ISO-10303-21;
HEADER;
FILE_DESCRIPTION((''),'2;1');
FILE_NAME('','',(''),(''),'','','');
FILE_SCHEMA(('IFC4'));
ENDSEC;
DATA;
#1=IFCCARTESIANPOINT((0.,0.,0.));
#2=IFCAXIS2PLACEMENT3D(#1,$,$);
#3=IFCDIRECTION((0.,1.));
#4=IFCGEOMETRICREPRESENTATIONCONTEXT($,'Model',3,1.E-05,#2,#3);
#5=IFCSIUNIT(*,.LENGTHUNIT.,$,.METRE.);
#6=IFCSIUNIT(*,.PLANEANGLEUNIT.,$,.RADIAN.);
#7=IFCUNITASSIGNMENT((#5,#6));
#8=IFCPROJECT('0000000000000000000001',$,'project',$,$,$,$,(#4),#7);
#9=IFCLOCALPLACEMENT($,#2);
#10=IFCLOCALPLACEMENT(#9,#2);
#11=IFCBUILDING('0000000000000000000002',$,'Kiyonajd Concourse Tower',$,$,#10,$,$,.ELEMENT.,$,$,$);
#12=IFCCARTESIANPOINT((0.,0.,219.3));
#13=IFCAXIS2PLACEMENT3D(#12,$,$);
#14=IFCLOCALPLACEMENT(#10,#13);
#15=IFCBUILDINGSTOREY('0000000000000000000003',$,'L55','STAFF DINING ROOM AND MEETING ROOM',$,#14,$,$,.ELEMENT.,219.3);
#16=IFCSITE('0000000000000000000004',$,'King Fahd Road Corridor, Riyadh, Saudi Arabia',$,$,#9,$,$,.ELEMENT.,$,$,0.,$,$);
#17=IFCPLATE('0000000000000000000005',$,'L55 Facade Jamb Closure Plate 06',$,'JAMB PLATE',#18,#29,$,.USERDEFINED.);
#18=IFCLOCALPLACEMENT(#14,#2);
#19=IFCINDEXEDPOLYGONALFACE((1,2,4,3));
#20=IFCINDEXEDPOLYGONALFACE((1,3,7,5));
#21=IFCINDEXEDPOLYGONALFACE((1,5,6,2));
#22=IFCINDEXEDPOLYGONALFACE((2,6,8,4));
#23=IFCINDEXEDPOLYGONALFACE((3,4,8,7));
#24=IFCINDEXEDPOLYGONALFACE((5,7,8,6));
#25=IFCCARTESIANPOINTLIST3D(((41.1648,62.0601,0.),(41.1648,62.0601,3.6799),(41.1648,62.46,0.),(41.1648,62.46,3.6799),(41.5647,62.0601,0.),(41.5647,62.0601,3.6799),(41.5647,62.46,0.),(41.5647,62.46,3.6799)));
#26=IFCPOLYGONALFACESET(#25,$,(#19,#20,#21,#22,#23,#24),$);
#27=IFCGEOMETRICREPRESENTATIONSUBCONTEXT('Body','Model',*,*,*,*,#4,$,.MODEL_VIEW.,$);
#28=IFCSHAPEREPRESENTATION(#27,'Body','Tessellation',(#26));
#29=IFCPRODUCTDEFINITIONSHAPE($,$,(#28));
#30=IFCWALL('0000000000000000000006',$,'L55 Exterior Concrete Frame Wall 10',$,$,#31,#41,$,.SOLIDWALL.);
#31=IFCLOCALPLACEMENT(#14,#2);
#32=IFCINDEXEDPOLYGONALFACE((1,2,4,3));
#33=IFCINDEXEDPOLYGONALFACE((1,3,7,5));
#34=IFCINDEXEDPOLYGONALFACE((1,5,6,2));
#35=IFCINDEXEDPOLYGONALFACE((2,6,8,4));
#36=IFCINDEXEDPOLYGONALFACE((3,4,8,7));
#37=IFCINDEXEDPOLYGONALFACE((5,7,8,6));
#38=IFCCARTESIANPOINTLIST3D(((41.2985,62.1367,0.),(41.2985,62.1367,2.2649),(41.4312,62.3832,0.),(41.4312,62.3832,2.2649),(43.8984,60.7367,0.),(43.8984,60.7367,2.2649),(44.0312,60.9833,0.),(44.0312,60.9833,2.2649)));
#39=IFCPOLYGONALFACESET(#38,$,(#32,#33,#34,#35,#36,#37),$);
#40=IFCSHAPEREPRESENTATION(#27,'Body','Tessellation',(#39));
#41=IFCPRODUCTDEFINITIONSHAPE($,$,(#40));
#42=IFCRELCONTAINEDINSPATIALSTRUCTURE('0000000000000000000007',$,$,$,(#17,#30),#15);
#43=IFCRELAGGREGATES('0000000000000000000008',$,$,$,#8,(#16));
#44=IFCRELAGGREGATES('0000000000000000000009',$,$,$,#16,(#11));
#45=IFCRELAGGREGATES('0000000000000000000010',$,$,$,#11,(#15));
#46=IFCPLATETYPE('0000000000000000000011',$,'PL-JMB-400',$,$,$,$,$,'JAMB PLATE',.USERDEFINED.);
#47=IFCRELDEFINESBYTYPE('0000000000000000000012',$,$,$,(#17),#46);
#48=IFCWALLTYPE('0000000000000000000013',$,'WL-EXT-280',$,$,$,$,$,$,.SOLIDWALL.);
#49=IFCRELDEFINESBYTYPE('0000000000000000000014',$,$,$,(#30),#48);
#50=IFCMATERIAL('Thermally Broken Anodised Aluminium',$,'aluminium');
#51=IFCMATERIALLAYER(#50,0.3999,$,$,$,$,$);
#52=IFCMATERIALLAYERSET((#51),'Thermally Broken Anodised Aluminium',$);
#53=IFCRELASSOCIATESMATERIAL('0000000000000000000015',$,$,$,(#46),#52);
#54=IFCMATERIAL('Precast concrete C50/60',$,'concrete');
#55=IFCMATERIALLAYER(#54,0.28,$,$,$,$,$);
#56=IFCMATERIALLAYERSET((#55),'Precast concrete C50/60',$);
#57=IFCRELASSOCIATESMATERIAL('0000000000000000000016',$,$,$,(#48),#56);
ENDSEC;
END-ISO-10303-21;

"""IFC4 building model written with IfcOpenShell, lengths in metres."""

from ifc_helpers import new_model, si_unit, direction, frame, frame_2d, origin, origin_2d, place, context, subcontext, project, spatial, rectangle, extrude, material, layer, layer_set, type_object, element, save


model = new_model("IFC4")

# Units and contexts
model_context = context("Model", 3, precision=1e-05, world=origin(), true_north=direction((0.0, 1.0)))
body_context = subcontext(model_context, "Body", "Model", "MODEL_VIEW")
ifc_project = project(units=[si_unit("LENGTHUNIT", "METRE"), si_unit("PLANEANGLEUNIT", "RADIAN")], contexts=[model_context])

# Site, building, storey
site_placement = place(None, origin())
site = spatial("IfcSite", under=ifc_project, at=site_placement, Name="King Fahd Road Corridor, Riyadh, Saudi Arabia", CompositionType="ELEMENT", RefElevation=0.0)
building_placement = place(site_placement, origin())
building = spatial("IfcBuilding", under=site, at=building_placement, Name="Kiyonajd Concourse Tower", CompositionType="ELEMENT")
storey_placement = place(building_placement, frame((0.0, 0.0, 219.3)))
storey = spatial("IfcBuildingStorey", under=building, at=storey_placement, Name="L55", Description="STAFF DINING ROOM AND MEETING ROOM", CompositionType="ELEMENT", Elevation=219.3)

# Shared definitions
ifc_material_1 = material(Name="Thermally Broken Anodised Aluminium", Category="aluminium")

# Plate
ifc_layer_1 = layer(ifc_material_1, 0.3999)
ifc_layer_set_1 = layer_set([ifc_layer_1], Name="Thermally Broken Anodised Aluminium")
plate_type_1 = type_object("IfcPlateType", Name="PL-JMB-400", ElementType="JAMB PLATE", PredefinedType="USERDEFINED", material=ifc_layer_set_1)
plate_1_placement = place(storey_placement, frame((41.3647, 62.26, 0.0), z_axis=(0.0, 0.0, 1.0), x_axis=(1.0, 0.0, 0.0)))
element("IfcPlate", 1, at=plate_1_placement, inside=storey, type_object=plate_type_1, Name="L55 Facade Jamb Closure Plate 06", ObjectType="JAMB PLATE", PredefinedType="USERDEFINED", context=body_context, shape_type="SweptSolid", body=[
    extrude(rectangle(XDim=0.3999, YDim=0.3999, at=origin_2d()), origin(), (0.0, 0.0, 1.0), 3.6799),
])

# Wall
ifc_material_2 = material(Name="Precast concrete C50/60", Category="concrete")
ifc_layer_2 = layer(ifc_material_2, 0.28)
ifc_layer_set_2 = layer_set([ifc_layer_2], Name="Precast concrete C50/60")
wall_type = type_object("IfcWallType", Name="WL-EXT-280", PredefinedType="SOLIDWALL", material=ifc_layer_set_2)
wall_placement = place(storey_placement, frame((41.3647, 62.26, 0.0), z_axis=(0.0, 0.0, 1.0), x_axis=(0.880474, -0.474095, 0.0)))
element("IfcWall", 2, at=wall_placement, inside=storey, type_object=wall_type, Name="L55 Exterior Concrete Frame Wall 10", PredefinedType="SOLIDWALL", context=body_context, shape_type="SweptSolid", body=[
    extrude(rectangle(XDim=2.9529, YDim=0.28, at=frame_2d((1.4766, 0.0))), origin(), (0.0, 0.0, 1.0), 2.2649),
])

save(model, "model.ifc")
